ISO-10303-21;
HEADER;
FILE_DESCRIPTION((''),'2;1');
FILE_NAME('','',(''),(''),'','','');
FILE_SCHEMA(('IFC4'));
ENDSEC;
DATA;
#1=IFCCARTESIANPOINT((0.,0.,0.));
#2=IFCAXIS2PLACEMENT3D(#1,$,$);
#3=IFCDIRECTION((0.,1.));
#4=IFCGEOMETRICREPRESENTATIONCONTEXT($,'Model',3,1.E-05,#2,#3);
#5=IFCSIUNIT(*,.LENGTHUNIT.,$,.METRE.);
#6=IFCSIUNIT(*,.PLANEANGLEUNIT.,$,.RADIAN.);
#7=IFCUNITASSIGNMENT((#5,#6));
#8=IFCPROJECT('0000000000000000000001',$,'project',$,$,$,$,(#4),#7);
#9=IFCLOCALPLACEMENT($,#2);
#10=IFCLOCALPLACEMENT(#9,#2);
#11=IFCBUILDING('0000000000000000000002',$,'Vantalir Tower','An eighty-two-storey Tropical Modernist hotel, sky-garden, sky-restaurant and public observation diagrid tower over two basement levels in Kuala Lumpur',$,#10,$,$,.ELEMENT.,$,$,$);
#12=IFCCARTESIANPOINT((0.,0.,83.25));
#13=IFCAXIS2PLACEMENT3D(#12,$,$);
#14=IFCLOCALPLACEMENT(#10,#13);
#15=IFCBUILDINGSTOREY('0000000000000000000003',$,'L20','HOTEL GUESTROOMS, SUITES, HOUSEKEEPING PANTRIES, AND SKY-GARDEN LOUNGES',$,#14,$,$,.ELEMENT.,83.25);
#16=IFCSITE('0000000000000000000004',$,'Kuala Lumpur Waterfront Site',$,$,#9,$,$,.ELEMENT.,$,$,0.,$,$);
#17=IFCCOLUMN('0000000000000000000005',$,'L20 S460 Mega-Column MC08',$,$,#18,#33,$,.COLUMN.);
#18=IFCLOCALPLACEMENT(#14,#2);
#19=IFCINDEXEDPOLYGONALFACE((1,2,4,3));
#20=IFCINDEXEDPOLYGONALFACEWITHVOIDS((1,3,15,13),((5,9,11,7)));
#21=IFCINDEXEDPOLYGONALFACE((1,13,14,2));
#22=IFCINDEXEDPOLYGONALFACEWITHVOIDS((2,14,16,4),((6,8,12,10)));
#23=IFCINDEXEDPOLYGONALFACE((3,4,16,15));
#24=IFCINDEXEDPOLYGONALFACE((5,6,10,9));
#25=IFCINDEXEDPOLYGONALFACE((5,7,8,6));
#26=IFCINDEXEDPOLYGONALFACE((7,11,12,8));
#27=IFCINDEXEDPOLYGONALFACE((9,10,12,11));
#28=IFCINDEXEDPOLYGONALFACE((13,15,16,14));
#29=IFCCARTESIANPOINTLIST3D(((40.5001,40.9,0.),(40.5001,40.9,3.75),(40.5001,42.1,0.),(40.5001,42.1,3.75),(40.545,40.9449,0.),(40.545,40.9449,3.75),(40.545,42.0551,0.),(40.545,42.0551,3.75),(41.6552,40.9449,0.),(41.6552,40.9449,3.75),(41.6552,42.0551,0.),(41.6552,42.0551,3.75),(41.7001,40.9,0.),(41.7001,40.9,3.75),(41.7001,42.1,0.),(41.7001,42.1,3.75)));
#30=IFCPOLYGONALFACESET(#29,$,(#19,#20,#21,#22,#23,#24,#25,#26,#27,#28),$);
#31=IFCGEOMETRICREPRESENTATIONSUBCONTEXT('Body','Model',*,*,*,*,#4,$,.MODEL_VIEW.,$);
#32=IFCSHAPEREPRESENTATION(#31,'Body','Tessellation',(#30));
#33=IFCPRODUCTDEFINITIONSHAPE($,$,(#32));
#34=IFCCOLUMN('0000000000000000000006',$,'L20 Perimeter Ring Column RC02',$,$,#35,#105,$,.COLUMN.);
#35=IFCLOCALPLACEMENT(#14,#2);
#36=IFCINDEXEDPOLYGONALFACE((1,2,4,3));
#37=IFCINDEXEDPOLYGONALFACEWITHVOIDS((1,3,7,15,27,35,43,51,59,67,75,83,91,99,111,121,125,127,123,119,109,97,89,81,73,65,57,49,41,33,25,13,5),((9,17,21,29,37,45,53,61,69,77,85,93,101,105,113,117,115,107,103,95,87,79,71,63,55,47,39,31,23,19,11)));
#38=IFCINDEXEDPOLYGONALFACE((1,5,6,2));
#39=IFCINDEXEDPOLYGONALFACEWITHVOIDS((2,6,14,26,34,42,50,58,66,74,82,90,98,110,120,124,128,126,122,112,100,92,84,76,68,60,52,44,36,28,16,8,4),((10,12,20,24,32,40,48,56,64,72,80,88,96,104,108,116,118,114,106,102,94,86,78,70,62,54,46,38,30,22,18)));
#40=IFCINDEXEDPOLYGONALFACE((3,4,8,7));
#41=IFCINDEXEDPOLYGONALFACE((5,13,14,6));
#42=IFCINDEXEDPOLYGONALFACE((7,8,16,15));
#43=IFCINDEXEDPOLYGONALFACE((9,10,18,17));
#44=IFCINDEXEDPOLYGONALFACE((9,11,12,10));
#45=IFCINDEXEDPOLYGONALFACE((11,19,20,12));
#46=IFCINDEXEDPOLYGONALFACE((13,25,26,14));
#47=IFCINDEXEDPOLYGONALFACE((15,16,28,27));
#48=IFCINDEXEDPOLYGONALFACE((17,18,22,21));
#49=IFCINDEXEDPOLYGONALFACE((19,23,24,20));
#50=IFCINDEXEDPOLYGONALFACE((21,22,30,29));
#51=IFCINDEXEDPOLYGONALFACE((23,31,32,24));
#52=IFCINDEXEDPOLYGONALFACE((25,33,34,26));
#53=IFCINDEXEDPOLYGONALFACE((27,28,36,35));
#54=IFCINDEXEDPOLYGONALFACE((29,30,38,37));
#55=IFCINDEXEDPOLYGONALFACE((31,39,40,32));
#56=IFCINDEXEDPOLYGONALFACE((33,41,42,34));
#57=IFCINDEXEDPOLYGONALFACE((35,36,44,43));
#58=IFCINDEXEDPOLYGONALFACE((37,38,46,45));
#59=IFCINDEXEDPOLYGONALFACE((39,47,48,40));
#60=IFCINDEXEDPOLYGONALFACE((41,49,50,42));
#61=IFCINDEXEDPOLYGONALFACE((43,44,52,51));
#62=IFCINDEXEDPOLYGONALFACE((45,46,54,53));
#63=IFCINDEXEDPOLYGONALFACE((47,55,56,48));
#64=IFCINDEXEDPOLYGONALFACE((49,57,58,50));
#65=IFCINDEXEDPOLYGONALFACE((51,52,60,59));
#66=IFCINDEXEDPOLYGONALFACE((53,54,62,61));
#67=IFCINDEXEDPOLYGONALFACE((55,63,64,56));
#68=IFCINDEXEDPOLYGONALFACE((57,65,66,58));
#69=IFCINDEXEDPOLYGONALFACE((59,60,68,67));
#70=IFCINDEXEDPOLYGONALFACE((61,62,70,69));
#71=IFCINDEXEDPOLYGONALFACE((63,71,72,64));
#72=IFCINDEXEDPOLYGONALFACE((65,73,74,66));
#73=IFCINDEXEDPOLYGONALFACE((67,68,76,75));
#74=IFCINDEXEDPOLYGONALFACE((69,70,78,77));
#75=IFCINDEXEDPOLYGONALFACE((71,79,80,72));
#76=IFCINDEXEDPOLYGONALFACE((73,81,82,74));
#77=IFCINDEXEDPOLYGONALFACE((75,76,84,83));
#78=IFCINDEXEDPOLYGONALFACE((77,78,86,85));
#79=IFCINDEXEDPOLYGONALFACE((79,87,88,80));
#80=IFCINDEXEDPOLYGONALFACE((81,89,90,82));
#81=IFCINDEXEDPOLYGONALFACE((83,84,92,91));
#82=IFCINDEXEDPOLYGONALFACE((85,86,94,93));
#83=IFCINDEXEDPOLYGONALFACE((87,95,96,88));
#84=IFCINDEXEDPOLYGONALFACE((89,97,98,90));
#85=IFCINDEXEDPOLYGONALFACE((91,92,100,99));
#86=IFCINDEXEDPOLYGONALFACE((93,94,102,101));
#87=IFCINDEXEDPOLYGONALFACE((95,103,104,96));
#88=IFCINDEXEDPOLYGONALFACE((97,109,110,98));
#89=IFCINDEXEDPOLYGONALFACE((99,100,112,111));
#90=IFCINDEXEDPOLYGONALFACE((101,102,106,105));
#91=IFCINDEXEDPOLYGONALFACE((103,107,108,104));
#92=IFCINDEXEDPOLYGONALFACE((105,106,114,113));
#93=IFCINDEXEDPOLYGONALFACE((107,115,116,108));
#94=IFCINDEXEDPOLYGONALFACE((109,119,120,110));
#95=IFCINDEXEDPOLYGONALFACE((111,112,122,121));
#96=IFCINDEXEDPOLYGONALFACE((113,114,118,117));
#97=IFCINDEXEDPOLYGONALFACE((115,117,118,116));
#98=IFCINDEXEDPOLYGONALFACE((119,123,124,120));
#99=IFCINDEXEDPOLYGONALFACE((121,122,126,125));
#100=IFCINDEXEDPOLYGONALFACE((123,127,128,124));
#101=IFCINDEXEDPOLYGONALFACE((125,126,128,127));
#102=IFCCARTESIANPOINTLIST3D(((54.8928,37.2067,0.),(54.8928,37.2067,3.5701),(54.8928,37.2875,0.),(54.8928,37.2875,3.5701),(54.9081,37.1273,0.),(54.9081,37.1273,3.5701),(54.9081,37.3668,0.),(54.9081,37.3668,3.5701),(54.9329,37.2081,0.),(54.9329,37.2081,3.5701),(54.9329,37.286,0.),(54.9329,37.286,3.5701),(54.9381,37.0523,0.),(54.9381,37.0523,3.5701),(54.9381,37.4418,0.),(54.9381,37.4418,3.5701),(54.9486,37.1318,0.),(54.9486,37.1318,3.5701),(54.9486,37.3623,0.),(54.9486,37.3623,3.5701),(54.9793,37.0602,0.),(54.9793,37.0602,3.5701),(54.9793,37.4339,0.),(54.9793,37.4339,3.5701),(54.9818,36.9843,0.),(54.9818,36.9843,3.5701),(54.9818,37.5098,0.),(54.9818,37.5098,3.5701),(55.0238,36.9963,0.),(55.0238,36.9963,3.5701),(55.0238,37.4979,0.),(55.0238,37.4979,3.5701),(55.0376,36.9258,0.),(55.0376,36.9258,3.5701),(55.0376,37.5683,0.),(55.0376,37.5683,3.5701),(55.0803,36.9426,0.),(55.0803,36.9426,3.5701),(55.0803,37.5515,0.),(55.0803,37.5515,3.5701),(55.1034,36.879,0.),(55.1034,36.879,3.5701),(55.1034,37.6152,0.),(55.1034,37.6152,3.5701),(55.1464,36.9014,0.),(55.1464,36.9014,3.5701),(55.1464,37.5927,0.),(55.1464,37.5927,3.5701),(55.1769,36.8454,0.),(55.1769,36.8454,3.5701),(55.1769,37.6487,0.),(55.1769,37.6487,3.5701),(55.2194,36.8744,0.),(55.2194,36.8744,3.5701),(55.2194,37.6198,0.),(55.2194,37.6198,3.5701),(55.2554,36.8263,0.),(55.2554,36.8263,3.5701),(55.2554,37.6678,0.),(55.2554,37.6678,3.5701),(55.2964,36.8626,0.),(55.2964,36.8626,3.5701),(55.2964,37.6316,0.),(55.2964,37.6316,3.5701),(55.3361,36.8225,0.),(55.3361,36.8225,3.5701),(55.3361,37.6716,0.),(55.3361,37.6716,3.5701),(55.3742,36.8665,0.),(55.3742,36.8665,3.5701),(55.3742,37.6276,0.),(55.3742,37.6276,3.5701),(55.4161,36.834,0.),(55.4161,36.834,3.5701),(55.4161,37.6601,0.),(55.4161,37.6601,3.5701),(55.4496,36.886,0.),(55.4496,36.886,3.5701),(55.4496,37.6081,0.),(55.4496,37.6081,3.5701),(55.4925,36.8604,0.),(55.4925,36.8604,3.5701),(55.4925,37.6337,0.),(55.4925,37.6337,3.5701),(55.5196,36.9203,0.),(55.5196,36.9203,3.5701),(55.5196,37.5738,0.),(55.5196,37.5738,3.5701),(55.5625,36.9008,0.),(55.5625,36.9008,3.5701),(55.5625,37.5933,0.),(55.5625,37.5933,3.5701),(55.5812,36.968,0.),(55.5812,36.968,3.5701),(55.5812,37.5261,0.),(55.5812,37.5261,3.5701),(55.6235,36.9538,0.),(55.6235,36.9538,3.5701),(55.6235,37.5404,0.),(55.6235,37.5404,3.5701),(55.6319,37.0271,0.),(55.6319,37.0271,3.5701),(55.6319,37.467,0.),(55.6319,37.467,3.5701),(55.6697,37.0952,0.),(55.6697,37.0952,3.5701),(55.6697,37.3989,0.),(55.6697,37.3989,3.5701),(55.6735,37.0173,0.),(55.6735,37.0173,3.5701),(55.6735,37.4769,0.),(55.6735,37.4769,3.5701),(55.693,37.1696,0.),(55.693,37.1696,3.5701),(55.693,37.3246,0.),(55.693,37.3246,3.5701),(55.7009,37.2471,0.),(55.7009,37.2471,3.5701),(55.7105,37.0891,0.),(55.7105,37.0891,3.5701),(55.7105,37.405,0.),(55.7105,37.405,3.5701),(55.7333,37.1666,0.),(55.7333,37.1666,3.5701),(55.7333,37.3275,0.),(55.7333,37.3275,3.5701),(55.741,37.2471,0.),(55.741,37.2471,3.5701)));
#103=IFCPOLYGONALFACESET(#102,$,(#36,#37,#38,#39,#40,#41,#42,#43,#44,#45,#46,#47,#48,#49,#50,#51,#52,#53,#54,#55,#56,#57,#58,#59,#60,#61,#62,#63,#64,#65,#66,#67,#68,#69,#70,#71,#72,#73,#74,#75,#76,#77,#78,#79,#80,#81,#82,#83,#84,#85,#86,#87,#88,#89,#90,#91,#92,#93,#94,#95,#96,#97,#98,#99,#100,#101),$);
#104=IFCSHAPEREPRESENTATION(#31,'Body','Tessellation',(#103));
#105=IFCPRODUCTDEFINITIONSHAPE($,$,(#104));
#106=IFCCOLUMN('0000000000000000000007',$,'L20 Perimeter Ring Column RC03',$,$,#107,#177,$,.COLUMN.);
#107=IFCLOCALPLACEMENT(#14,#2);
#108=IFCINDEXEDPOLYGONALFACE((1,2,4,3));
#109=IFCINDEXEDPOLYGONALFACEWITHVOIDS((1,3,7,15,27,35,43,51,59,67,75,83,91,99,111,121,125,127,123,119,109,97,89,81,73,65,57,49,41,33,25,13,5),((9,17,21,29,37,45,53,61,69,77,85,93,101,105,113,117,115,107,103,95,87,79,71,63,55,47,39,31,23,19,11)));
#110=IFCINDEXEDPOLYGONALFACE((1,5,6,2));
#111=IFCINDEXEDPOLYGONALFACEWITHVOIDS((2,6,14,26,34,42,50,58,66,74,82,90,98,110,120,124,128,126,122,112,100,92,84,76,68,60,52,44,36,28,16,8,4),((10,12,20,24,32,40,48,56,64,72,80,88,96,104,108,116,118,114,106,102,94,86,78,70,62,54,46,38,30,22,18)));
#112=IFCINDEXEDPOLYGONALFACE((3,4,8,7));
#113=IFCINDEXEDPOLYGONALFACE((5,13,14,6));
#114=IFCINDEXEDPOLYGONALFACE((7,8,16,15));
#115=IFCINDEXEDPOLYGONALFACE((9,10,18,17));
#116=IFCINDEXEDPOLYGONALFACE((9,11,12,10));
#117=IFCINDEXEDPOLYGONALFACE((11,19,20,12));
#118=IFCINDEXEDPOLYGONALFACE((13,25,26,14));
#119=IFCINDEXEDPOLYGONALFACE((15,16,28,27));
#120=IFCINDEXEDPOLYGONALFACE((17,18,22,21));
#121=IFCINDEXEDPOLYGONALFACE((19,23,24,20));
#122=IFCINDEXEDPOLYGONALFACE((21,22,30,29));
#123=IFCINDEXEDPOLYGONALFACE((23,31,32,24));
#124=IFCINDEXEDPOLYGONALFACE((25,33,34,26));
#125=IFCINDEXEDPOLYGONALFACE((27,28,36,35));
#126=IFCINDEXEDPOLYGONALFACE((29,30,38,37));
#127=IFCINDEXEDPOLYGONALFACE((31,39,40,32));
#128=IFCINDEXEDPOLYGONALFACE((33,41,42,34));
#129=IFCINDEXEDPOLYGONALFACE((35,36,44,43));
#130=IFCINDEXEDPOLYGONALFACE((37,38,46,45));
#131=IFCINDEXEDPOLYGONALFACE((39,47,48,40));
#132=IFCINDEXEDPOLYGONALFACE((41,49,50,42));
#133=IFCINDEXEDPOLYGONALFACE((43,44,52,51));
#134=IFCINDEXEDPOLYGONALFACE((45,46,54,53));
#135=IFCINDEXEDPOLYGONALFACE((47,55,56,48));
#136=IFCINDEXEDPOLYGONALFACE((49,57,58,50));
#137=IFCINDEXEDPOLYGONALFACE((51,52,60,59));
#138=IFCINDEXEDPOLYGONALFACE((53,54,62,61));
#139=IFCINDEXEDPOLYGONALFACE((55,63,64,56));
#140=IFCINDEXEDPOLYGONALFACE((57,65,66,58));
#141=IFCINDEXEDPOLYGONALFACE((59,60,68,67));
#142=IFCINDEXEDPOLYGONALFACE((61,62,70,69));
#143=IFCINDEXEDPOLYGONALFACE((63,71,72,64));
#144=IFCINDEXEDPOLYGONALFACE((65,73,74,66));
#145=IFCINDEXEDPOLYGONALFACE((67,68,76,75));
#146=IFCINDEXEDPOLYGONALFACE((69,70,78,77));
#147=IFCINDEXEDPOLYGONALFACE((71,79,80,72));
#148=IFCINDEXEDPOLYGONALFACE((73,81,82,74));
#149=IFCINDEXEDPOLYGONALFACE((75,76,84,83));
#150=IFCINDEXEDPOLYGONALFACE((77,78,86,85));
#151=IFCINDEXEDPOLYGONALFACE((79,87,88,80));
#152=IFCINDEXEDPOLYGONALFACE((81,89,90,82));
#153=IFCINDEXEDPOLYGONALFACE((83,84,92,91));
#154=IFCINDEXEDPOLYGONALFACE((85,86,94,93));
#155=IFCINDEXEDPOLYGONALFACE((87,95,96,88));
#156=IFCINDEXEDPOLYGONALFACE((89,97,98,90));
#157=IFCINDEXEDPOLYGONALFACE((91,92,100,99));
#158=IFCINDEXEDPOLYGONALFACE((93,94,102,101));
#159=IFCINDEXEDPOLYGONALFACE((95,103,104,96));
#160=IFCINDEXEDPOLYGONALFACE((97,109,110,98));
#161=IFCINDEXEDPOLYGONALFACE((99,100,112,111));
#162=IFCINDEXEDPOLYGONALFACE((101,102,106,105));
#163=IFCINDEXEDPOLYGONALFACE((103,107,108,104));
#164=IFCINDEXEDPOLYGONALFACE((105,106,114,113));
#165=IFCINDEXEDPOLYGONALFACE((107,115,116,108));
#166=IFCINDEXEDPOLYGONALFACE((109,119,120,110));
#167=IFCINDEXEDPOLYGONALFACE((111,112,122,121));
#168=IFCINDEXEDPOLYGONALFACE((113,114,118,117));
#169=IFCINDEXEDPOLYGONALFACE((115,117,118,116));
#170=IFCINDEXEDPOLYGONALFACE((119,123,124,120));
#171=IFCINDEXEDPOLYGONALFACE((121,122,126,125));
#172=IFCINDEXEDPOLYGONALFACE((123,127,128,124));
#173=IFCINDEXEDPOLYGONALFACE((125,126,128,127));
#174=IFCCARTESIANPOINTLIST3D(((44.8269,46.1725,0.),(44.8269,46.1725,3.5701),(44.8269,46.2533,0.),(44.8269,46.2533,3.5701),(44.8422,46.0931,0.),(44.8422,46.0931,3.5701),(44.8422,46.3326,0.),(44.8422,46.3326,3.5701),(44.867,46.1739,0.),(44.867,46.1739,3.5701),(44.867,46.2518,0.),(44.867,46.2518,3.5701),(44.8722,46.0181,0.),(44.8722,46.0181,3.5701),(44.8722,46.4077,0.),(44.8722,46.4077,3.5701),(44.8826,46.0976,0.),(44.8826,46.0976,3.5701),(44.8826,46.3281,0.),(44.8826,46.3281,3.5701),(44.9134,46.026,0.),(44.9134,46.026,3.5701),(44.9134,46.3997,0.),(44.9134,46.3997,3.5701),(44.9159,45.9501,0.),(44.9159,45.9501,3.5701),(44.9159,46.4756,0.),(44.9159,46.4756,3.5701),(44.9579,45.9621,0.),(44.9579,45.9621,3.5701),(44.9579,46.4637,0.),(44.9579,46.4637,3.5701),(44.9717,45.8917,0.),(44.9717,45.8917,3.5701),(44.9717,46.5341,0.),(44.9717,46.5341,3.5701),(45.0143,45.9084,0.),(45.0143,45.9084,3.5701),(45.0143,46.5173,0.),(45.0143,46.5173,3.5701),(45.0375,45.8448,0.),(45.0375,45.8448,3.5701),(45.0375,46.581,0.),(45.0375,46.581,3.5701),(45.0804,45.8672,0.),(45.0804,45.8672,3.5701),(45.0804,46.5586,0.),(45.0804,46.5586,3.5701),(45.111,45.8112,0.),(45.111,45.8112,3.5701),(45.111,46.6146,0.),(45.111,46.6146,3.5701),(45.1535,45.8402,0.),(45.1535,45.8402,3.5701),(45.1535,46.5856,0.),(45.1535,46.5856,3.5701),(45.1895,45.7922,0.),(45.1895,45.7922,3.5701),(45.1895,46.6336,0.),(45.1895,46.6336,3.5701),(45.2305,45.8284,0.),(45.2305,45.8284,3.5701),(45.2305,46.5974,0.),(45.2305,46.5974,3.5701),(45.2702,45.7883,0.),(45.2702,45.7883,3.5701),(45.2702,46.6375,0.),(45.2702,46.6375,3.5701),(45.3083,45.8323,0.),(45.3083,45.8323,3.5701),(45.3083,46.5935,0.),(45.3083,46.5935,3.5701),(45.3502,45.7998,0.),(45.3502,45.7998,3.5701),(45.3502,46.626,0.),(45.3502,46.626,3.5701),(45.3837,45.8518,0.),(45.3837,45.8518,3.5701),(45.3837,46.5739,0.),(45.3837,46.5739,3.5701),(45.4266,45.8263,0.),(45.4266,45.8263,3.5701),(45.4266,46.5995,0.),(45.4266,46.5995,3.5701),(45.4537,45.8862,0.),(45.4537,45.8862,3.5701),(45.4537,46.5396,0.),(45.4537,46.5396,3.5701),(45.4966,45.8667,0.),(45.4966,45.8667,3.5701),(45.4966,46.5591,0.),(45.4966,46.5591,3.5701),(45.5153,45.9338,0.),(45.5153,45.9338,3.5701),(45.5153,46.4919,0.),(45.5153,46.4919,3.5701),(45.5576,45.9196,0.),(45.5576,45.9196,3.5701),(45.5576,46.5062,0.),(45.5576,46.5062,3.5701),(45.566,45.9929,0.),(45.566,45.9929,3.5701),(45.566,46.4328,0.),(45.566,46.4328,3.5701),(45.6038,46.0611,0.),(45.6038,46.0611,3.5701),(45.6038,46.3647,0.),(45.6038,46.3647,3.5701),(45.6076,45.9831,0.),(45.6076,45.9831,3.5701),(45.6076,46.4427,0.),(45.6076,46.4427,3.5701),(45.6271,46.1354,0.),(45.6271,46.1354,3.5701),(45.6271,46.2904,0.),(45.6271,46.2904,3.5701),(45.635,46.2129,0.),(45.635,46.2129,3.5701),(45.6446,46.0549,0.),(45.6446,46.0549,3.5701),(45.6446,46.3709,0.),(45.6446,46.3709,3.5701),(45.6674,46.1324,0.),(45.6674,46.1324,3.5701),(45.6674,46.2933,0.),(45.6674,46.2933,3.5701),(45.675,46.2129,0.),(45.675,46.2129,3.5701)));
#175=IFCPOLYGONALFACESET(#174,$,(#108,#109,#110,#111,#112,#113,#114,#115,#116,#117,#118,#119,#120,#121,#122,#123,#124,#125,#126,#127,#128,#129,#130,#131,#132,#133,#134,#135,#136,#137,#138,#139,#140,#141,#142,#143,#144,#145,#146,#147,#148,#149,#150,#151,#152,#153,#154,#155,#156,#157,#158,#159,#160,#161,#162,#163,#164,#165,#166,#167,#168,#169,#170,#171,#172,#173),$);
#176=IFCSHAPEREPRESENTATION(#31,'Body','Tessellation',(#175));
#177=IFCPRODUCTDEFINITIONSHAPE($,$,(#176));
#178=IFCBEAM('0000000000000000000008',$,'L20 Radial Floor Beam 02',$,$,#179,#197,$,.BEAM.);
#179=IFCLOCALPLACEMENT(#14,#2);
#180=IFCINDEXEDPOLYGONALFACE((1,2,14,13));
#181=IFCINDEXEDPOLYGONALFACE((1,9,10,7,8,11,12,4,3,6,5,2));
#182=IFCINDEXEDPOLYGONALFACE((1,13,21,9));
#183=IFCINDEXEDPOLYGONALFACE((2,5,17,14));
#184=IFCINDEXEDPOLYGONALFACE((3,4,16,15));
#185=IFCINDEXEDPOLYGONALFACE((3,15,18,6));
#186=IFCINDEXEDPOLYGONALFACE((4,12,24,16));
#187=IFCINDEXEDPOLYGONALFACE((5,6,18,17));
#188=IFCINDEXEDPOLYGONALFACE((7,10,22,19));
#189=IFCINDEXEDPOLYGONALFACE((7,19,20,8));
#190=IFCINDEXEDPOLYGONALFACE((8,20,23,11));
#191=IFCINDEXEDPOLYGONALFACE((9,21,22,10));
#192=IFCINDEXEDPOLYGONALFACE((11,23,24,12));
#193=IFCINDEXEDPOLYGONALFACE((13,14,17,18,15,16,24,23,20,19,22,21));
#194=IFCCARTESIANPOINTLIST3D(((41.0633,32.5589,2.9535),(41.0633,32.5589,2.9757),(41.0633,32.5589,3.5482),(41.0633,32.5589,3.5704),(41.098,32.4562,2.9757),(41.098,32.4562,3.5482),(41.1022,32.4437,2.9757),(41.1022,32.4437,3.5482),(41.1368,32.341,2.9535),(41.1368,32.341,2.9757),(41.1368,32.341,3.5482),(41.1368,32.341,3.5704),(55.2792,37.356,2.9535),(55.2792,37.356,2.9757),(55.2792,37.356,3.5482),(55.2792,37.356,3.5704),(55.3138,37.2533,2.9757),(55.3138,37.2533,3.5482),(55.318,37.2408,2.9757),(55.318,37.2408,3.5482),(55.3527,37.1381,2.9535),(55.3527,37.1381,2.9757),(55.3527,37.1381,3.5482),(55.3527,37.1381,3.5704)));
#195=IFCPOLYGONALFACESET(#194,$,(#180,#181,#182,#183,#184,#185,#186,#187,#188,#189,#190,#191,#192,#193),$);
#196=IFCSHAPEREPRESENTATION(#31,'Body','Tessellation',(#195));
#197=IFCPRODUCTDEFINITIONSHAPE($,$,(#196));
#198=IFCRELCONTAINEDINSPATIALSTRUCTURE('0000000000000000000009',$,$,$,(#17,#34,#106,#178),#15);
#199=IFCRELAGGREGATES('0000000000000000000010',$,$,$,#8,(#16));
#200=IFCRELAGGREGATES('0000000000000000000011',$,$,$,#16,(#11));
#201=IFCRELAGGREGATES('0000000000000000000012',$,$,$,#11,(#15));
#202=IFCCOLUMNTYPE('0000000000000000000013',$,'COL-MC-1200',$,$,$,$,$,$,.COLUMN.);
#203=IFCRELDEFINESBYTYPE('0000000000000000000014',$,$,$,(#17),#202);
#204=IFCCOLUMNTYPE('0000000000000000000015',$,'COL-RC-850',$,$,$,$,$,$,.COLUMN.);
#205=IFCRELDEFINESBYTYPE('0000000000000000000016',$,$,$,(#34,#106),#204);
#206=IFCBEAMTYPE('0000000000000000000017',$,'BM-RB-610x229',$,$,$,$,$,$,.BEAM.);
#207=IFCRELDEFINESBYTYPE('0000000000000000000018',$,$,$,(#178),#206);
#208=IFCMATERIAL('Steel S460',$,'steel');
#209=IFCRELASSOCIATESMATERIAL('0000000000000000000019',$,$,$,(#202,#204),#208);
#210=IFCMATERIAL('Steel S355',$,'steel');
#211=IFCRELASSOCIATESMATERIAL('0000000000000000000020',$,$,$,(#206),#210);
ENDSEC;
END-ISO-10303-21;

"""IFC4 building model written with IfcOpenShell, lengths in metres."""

from ifc_helpers import new_model, si_unit, direction, frame, origin, origin_2d, place, context, subcontext, project, spatial, hollow_rectangle, hollow_circle, i_section, extrude, material, material_profile, profile_set, type_object, element, save


model = new_model("IFC4")

# Units and contexts
model_context = context("Model", 3, precision=1e-05, world=origin(), true_north=direction((0.0, 1.0)))
body_context = subcontext(model_context, "Body", "Model", "MODEL_VIEW")
ifc_project = project(units=[si_unit("LENGTHUNIT", "METRE"), si_unit("PLANEANGLEUNIT", "RADIAN")], contexts=[model_context])

# Site, building, storey
site_placement = place(None, origin())
site = spatial("IfcSite", under=ifc_project, at=site_placement, Name="Kuala Lumpur Waterfront Site", CompositionType="ELEMENT", RefElevation=0.0)
building_placement = place(site_placement, origin())
building = spatial("IfcBuilding", under=site, at=building_placement, Name="Vantalir Tower", Description="An eighty-two-storey Tropical Modernist hotel, sky-garden, sky-restaurant and public observation diagrid tower over two basement levels in Kuala Lumpur", CompositionType="ELEMENT")
storey_placement = place(building_placement, frame((0.0, 0.0, 83.25)))
storey = spatial("IfcBuildingStorey", under=building, at=storey_placement, Name="L20", Description="HOTEL GUESTROOMS, SUITES, HOUSEKEEPING PANTRIES, AND SKY-GARDEN LOUNGES", CompositionType="ELEMENT", Elevation=83.25)

# Columns
ifc_material_1 = material(Name="Steel S460", Category="steel")
ifc_material_profile_1 = material_profile(ifc_material_1, hollow_rectangle(XDim=1.2, YDim=1.2, WallThickness=0.0449, at=origin_2d()), Name="Steel S460")
ifc_profile_set_1 = profile_set([ifc_material_profile_1], Name="Steel S460")
column_type_1 = type_object("IfcColumnType", Name="COL-MC-1200", PredefinedType="COLUMN", material=ifc_profile_set_1)
column_placement = place(storey_placement, frame((41.1001, 41.5, 0.0), z_axis=(0.0, 0.0, 1.0), x_axis=(1.0, 0.0, 0.0)))
element("IfcColumn", 1, at=column_placement, inside=storey, type_object=column_type_1, Name="L20 S460 Mega-Column MC08", PredefinedType="COLUMN", context=body_context, shape_type="SweptSolid", body=[
    extrude(hollow_rectangle(XDim=1.2, YDim=1.2, WallThickness=0.0449, at=origin_2d()), origin(), (0.0, 0.0, 1.0), 3.75),
])
ifc_material_profile_2 = material_profile(ifc_material_1, hollow_circle(Radius=0.425, WallThickness=0.04, at=origin_2d()), Name="Steel S460")
ifc_profile_set_2 = profile_set([ifc_material_profile_2], Name="Steel S460")
column_type_2 = type_object("IfcColumnType", Name="COL-RC-850", PredefinedType="COLUMN", material=ifc_profile_set_2)
for number, where, z_axis, x_axis, name in (
    (2, (55.3159, 37.2471, 0.0), (0.0, 0.0, 1.0), (1.0, 0.0, 0.0), "L20 Perimeter Ring Column RC02"),
    (3, (45.25, 46.2129, 0.0), (0.0, 0.0, 1.0), (1.0, 0.0, 0.0), "L20 Perimeter Ring Column RC03"),
):
    element("IfcColumn", number, at=place(storey_placement, frame(where, z_axis=z_axis, x_axis=x_axis)), inside=storey, type_object=column_type_2, Name=name, PredefinedType="COLUMN", context=body_context, shape_type="SweptSolid", body=[
        extrude(hollow_circle(Radius=0.425, WallThickness=0.04, at=origin_2d()), origin(), (0.0, 0.0, 1.0), 3.5701),
    ])

# Beam
ifc_material_2 = material(Name="Steel S355", Category="steel")
ifc_material_profile_3 = material_profile(ifc_material_2, i_section(OverallWidth=0.23, OverallDepth=0.6169, WebThickness=0.0132, FlangeThickness=0.0222, at=origin_2d()), Name="Steel S355")
ifc_profile_set_3 = profile_set([ifc_material_profile_3], Name="Steel S355")
beam_type_1 = type_object("IfcBeamType", Name="BM-RB-610x229", PredefinedType="BEAM", material=ifc_profile_set_3)
beam_1_placement = place(storey_placement, frame((55.3159, 37.2471, 3.262), z_axis=(-0.947507, -0.319736, 0.0), x_axis=(0.319736, -0.947507, 0.0)))
element("IfcBeam", 4, at=beam_1_placement, inside=storey, type_object=beam_type_1, Name="L20 Radial Floor Beam 02", PredefinedType="BEAM", context=body_context, shape_type="SweptSolid", body=[
    extrude(i_section(OverallWidth=0.23, OverallDepth=0.6169, WebThickness=0.0132, FlangeThickness=0.0222, at=origin_2d()), origin(), (0.0, 0.0, 1.0), 15.0034),
])

save(model, "model.ifc")
